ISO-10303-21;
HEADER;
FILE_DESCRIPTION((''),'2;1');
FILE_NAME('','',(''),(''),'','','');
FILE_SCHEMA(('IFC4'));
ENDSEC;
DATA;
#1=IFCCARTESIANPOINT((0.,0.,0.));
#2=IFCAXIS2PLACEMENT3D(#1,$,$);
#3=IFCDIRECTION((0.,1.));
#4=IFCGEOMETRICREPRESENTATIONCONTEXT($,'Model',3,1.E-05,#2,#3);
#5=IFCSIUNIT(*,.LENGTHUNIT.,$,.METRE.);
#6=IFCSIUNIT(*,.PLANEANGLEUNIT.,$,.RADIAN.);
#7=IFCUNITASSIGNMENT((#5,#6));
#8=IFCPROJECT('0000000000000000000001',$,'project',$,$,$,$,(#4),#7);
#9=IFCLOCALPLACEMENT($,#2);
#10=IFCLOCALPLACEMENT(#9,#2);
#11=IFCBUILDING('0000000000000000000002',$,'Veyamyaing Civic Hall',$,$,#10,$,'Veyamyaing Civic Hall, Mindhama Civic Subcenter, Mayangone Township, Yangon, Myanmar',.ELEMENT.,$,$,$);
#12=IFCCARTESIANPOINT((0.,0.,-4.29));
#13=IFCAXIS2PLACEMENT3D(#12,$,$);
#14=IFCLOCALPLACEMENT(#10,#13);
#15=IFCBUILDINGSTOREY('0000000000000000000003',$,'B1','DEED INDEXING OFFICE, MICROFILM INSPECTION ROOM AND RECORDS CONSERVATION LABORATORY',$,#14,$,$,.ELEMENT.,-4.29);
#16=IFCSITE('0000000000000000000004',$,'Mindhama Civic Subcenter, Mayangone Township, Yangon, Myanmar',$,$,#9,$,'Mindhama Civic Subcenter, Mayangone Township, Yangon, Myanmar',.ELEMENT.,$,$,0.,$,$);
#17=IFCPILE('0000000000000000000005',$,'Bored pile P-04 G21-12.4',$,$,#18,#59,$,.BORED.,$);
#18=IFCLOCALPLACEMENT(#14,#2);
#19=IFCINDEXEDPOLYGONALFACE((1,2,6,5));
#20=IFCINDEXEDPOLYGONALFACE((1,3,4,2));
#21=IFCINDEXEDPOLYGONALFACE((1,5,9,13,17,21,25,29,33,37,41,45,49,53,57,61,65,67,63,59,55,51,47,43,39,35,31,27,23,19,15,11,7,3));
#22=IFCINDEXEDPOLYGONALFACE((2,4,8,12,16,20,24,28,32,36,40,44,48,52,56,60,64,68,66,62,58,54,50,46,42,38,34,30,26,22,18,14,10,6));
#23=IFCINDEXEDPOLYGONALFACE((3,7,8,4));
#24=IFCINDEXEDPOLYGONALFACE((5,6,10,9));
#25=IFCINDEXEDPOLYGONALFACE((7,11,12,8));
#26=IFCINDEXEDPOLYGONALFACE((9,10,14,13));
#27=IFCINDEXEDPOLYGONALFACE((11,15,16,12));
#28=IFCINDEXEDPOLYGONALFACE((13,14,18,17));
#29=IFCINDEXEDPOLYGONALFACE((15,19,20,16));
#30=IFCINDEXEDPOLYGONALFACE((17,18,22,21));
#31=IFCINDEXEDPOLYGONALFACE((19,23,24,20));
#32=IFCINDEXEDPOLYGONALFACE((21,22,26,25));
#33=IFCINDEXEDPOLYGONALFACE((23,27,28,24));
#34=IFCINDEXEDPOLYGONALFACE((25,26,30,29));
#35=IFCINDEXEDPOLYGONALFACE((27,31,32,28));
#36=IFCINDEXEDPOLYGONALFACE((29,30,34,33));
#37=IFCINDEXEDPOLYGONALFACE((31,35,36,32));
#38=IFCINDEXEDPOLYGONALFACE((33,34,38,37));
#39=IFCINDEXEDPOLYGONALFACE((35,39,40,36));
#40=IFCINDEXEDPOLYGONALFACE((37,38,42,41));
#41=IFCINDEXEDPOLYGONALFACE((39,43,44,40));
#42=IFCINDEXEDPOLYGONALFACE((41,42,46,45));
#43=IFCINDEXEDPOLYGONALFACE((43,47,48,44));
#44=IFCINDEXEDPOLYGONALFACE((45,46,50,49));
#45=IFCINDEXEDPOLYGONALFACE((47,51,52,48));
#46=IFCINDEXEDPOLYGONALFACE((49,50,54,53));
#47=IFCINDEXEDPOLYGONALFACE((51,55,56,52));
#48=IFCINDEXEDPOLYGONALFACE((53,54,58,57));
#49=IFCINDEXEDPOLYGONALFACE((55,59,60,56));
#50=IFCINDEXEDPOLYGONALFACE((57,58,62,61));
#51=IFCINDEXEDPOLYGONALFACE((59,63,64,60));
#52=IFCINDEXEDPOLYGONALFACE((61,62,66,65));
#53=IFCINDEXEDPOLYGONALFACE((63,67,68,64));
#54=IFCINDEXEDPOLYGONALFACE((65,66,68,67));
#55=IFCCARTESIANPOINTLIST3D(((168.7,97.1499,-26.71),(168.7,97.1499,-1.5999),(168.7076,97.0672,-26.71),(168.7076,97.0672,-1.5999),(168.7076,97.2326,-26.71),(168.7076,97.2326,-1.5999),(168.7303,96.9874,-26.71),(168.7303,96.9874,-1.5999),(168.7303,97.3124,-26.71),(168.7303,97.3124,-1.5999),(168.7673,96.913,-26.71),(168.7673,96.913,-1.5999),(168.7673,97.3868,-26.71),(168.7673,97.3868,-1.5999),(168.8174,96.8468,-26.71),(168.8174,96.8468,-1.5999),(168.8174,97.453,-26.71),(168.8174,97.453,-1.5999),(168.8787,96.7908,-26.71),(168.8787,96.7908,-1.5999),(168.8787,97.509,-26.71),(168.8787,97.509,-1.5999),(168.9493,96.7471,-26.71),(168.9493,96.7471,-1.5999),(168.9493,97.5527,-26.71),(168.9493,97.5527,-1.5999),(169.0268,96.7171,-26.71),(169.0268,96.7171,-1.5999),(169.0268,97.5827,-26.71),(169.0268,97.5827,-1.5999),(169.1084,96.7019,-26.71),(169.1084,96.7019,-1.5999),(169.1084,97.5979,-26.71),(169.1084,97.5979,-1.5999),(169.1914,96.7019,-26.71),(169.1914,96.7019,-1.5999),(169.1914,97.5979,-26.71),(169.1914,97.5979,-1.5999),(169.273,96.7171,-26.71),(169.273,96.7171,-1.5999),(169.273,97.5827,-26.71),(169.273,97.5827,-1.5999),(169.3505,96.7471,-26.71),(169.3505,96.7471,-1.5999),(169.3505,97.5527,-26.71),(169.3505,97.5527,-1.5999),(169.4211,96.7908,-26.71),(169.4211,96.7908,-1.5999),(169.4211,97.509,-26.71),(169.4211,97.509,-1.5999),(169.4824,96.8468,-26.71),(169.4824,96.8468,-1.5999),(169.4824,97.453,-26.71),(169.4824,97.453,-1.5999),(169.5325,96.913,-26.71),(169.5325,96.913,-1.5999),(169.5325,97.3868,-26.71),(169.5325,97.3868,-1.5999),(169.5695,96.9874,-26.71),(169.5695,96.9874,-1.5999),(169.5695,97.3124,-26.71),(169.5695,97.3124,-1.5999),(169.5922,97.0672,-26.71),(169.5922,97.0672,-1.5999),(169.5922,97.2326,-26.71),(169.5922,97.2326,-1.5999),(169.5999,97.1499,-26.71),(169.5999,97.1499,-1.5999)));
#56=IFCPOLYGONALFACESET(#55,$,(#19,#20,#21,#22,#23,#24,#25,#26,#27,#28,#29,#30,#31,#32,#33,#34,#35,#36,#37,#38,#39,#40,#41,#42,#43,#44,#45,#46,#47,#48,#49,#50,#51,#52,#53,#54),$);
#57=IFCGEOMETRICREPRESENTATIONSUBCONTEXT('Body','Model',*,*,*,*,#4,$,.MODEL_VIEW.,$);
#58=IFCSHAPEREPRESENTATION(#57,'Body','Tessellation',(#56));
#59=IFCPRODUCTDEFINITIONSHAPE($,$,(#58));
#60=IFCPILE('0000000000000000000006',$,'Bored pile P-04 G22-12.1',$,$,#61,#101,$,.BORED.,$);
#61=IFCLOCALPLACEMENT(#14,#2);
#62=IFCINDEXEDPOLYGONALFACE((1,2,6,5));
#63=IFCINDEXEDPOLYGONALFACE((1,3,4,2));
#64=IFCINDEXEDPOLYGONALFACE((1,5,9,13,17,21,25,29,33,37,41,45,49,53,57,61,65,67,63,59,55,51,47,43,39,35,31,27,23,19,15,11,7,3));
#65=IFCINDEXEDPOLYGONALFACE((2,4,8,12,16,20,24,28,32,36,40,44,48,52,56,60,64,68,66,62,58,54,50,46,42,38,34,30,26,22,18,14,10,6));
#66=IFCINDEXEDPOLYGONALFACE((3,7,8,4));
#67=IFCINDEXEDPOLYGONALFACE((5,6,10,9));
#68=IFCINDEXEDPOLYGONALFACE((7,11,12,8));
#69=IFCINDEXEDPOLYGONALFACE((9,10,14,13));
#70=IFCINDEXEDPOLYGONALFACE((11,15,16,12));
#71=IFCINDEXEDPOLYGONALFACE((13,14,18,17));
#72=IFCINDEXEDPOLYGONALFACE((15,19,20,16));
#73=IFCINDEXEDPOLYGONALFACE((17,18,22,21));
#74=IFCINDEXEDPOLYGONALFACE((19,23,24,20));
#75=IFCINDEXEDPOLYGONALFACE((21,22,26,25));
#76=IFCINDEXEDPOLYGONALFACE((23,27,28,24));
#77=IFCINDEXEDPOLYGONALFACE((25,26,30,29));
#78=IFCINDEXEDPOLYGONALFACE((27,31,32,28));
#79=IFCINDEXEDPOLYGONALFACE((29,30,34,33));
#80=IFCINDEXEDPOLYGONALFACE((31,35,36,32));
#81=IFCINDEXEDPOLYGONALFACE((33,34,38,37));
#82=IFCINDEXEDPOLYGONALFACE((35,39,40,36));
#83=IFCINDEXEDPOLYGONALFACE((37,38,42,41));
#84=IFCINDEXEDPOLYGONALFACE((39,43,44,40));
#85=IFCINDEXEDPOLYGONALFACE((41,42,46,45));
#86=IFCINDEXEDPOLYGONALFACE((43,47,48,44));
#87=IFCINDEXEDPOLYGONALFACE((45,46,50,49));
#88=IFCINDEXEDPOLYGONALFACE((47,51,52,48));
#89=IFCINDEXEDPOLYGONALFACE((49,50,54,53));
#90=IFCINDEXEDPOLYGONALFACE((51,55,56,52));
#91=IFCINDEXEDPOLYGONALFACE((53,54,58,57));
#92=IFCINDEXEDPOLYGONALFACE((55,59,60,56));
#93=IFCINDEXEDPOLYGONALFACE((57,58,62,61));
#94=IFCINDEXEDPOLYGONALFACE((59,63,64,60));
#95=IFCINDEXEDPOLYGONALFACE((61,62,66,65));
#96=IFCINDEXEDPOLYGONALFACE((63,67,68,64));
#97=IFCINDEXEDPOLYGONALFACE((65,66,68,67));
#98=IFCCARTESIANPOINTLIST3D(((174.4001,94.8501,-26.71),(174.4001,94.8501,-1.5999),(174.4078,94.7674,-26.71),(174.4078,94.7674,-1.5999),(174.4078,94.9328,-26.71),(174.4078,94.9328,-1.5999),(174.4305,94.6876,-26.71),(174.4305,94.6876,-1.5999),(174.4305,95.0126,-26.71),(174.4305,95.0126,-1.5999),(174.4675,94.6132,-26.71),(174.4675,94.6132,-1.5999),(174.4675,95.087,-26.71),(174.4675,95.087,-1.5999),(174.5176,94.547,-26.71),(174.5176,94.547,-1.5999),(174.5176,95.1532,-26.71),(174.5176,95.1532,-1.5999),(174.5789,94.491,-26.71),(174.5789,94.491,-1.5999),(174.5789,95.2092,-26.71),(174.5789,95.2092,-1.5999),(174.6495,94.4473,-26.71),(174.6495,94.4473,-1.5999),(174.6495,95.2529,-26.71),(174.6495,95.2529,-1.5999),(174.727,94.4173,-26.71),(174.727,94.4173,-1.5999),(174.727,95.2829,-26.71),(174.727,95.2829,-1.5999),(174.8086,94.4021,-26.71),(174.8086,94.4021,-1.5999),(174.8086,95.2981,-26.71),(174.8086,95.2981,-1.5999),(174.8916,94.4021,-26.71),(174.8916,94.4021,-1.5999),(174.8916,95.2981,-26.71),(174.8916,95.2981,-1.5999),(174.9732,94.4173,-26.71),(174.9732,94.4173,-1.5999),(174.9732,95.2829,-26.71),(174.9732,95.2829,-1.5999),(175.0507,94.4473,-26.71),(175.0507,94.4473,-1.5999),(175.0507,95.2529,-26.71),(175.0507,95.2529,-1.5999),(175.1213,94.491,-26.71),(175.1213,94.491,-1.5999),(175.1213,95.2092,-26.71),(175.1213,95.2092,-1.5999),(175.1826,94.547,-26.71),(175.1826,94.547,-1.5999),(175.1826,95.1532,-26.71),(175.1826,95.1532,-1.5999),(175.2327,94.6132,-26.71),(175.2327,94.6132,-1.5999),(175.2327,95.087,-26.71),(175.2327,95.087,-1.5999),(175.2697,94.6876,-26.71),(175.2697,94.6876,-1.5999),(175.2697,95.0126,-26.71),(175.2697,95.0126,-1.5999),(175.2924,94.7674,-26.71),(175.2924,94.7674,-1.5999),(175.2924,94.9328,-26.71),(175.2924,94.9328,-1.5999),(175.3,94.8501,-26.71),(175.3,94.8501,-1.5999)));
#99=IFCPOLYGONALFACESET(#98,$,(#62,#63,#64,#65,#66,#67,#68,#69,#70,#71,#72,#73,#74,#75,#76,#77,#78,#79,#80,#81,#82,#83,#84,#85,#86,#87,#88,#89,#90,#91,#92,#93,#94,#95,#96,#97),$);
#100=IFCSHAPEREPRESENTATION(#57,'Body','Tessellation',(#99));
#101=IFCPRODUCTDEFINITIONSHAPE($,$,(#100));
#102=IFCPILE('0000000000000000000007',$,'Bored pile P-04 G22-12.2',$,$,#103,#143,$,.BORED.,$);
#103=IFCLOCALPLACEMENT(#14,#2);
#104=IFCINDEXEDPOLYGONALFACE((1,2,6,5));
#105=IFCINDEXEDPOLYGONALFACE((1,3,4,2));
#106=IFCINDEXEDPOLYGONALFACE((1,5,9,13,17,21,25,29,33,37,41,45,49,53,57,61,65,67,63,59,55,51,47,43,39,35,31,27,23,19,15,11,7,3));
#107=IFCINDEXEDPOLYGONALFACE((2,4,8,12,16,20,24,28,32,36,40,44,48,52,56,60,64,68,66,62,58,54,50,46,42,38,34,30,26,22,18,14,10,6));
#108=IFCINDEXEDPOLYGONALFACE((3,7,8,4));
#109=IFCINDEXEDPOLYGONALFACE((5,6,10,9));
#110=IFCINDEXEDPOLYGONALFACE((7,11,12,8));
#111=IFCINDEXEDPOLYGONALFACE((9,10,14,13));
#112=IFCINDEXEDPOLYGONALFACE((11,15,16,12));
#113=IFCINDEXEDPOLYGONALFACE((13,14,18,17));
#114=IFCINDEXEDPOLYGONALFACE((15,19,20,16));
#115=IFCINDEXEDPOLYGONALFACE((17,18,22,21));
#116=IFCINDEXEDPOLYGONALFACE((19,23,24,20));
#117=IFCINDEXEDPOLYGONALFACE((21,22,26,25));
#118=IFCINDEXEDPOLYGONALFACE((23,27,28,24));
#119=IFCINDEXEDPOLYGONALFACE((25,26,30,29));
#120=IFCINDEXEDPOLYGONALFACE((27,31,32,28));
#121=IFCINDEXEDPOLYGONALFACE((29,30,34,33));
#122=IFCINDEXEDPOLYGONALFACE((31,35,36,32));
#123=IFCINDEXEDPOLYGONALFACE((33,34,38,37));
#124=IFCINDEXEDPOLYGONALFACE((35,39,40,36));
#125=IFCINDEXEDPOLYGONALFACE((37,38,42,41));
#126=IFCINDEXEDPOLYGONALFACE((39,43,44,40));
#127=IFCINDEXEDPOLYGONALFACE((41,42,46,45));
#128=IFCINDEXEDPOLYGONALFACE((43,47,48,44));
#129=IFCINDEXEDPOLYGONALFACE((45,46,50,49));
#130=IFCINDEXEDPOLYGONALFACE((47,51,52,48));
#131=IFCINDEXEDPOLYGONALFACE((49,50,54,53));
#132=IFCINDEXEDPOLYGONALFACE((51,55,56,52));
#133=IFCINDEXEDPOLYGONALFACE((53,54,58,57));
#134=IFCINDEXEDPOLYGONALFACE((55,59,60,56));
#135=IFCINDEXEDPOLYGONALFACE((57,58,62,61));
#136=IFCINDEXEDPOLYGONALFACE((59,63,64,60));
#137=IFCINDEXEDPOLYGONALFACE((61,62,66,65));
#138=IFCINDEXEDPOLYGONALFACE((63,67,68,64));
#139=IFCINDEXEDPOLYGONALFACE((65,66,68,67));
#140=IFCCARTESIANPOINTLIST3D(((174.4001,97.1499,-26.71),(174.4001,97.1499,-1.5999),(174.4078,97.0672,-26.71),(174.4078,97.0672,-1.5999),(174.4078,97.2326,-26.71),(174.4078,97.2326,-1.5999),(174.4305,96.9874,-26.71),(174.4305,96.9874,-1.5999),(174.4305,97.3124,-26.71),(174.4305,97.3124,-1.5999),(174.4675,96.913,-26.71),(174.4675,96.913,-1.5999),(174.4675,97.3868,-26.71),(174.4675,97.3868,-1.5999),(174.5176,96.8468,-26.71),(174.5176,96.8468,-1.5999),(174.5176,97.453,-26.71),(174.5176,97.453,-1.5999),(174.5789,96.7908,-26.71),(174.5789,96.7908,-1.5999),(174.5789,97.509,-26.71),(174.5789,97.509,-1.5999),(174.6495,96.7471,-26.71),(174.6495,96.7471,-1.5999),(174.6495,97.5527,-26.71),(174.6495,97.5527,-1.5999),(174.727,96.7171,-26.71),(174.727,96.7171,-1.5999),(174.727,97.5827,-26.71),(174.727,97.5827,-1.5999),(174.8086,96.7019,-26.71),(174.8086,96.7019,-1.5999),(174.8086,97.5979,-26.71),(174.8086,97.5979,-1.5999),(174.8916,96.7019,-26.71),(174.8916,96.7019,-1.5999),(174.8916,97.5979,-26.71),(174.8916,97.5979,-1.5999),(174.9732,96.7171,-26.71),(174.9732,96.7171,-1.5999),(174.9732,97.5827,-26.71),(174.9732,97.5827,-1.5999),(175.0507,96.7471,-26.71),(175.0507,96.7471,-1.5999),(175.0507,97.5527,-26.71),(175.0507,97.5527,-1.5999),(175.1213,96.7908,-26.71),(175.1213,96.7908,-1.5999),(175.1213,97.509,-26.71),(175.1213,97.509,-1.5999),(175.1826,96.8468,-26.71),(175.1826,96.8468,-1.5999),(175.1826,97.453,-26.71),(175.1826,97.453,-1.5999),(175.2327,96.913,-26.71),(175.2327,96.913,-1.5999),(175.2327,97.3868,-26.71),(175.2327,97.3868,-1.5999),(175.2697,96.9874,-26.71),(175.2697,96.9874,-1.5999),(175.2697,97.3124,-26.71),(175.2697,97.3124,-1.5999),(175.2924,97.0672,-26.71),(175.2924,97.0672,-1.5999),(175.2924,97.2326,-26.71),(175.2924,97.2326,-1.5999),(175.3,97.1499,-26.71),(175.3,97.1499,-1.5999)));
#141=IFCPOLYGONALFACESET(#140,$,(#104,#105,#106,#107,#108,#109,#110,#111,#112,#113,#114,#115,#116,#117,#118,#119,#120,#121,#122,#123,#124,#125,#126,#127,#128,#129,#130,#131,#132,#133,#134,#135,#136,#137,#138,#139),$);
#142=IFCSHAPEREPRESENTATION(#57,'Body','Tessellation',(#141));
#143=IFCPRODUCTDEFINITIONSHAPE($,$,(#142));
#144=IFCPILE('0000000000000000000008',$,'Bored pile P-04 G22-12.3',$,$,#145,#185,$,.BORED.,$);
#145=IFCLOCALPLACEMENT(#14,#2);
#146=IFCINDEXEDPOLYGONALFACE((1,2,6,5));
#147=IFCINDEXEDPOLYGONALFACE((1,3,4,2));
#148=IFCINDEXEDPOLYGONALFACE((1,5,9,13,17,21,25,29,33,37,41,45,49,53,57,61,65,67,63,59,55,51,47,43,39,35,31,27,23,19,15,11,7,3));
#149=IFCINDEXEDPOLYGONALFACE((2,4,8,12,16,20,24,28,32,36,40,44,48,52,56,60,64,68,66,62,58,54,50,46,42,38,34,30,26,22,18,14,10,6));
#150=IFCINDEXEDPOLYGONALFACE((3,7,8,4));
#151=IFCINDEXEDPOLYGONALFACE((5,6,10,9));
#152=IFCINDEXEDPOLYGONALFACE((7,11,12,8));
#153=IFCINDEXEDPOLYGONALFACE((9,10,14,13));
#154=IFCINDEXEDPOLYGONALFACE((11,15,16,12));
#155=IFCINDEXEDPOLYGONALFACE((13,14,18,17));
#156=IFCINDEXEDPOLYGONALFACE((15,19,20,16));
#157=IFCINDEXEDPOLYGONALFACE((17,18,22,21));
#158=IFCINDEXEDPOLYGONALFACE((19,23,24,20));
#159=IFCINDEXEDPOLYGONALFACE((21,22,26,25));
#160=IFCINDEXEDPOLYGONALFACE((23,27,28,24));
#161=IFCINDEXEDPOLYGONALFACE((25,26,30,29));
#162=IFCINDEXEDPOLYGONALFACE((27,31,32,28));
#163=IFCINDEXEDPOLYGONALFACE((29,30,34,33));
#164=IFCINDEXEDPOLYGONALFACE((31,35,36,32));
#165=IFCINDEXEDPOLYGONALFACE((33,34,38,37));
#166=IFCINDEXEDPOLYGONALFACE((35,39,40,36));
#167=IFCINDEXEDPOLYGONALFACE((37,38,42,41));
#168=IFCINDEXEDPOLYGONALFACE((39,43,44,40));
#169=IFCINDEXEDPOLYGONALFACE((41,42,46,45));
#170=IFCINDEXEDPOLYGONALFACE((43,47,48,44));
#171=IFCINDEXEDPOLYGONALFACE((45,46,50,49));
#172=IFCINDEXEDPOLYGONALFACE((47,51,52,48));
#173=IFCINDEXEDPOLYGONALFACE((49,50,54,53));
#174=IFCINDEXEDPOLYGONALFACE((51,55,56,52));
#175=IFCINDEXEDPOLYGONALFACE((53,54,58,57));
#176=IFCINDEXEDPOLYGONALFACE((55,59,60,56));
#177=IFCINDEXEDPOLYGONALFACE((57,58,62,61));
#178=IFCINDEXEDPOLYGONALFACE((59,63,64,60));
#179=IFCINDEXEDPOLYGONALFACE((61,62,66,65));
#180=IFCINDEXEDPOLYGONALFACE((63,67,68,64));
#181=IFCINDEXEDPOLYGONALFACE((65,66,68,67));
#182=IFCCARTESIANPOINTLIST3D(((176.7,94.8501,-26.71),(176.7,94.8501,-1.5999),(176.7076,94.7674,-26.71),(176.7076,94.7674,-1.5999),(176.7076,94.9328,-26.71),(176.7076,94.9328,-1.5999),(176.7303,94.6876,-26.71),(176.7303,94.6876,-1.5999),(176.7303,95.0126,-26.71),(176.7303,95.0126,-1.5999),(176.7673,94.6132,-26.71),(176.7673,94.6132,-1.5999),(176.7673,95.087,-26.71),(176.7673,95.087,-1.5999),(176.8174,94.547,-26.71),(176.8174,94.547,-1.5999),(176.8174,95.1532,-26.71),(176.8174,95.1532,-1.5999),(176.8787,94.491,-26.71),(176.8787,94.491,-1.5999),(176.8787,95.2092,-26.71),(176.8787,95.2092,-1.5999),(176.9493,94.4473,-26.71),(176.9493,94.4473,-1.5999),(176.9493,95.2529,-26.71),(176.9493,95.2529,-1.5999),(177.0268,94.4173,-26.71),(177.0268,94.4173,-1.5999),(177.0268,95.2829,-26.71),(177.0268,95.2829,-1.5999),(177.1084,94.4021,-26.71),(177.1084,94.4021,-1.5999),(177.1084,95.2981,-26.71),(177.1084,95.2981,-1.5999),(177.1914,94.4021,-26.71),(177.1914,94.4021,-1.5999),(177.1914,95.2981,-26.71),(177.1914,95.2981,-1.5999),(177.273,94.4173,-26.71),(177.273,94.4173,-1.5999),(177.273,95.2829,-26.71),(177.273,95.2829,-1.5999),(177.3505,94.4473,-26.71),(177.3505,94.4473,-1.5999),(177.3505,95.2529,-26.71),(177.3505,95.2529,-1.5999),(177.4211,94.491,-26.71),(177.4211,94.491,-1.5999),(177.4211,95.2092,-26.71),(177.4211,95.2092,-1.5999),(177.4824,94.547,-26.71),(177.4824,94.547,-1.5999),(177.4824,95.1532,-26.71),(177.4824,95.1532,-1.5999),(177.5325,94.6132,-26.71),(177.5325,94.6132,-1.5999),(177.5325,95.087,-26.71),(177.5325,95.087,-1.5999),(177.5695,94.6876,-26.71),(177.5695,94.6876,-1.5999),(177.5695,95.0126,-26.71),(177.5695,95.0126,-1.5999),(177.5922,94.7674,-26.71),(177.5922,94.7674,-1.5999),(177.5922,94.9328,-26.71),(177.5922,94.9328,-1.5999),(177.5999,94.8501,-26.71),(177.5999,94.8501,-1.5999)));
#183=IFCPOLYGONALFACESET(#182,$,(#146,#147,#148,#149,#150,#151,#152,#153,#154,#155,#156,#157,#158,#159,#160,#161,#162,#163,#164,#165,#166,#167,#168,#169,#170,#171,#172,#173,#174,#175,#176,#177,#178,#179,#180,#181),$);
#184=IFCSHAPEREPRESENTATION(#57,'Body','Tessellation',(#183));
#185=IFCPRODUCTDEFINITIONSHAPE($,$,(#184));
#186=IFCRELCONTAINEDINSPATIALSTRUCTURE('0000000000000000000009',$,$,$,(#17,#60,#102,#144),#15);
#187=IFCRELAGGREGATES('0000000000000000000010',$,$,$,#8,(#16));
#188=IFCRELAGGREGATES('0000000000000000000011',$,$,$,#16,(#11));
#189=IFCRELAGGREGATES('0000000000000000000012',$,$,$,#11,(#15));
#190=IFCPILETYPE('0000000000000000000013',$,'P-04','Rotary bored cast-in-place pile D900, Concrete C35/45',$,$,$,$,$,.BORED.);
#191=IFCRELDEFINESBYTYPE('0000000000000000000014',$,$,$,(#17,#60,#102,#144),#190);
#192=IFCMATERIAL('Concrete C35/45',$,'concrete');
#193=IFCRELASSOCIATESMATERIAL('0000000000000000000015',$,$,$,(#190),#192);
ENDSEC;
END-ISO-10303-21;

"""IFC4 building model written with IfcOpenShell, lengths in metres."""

from ifc_helpers import new_model, si_unit, direction, frame, origin, origin_2d, place, context, subcontext, project, spatial, circle, extrude, material, material_profile, profile_set, type_object, element, save


model = new_model("IFC4")

# Units and contexts
model_context = context("Model", 3, precision=1e-05, world=origin(), true_north=direction((0.0, 1.0)))
body_context = subcontext(model_context, "Body", "Model", "MODEL_VIEW")
ifc_project = project(units=[si_unit("LENGTHUNIT", "METRE"), si_unit("PLANEANGLEUNIT", "RADIAN")], contexts=[model_context])

# Site, building, storey
site_placement = place(None, origin())
site = spatial("IfcSite", under=ifc_project, at=site_placement, Name="Mindhama Civic Subcenter, Mayangone Township, Yangon, Myanmar", LongName="Mindhama Civic Subcenter, Mayangone Township, Yangon, Myanmar", CompositionType="ELEMENT", RefElevation=0.0)
building_placement = place(site_placement, origin())
building = spatial("IfcBuilding", under=site, at=building_placement, Name="Veyamyaing Civic Hall", LongName="Veyamyaing Civic Hall, Mindhama Civic Subcenter, Mayangone Township, Yangon, Myanmar", CompositionType="ELEMENT")
storey_placement = place(building_placement, frame((0.0, 0.0, -4.29)))
storey = spatial("IfcBuildingStorey", under=building, at=storey_placement, Name="B1", Description="DEED INDEXING OFFICE, MICROFILM INSPECTION ROOM AND RECORDS CONSERVATION LABORATORY", CompositionType="ELEMENT", Elevation=-4.29)

# Piles
ifc_material_1 = material(Name="Concrete C35/45", Category="concrete")
ifc_material_profile_1 = material_profile(ifc_material_1, circle(Radius=0.45, at=origin_2d()), Name="PILE-D900")
ifc_profile_set_1 = profile_set([ifc_material_profile_1], Name="Concrete C35/45")
pile_type_1 = type_object("IfcPileType", Name="P-04", Description="Rotary bored cast-in-place pile D900, Concrete C35/45", PredefinedType="BORED", material=ifc_profile_set_1)
for number, where, z_axis, x_axis, name in (
    (1, (169.1499, 97.1499, -1.5999), (0.0, 0.0, -1.0), (1.0, 0.0, 0.0), "Bored pile P-04 G21-12.4"),
    (2, (174.8501, 94.8501, -1.5999), (0.0, 0.0, -1.0), (1.0, 0.0, 0.0), "Bored pile P-04 G22-12.1"),
    (3, (174.8501, 97.1499, -1.5999), (0.0, 0.0, -1.0), (1.0, 0.0, 0.0), "Bored pile P-04 G22-12.2"),
    (4, (177.1499, 94.8501, -1.5999), (0.0, 0.0, -1.0), (1.0, 0.0, 0.0), "Bored pile P-04 G22-12.3"),
):
    element("IfcPile", number, at=place(storey_placement, frame(where, z_axis=z_axis, x_axis=x_axis)), inside=storey, type_object=pile_type_1, Name=name, PredefinedType="BORED", context=body_context, shape_type="SweptSolid", body=[
        extrude(circle(Radius=0.45, at=origin_2d()), origin(), (0.0, 0.0, 1.0), 25.1101),
    ])

save(model, "model.ifc")
